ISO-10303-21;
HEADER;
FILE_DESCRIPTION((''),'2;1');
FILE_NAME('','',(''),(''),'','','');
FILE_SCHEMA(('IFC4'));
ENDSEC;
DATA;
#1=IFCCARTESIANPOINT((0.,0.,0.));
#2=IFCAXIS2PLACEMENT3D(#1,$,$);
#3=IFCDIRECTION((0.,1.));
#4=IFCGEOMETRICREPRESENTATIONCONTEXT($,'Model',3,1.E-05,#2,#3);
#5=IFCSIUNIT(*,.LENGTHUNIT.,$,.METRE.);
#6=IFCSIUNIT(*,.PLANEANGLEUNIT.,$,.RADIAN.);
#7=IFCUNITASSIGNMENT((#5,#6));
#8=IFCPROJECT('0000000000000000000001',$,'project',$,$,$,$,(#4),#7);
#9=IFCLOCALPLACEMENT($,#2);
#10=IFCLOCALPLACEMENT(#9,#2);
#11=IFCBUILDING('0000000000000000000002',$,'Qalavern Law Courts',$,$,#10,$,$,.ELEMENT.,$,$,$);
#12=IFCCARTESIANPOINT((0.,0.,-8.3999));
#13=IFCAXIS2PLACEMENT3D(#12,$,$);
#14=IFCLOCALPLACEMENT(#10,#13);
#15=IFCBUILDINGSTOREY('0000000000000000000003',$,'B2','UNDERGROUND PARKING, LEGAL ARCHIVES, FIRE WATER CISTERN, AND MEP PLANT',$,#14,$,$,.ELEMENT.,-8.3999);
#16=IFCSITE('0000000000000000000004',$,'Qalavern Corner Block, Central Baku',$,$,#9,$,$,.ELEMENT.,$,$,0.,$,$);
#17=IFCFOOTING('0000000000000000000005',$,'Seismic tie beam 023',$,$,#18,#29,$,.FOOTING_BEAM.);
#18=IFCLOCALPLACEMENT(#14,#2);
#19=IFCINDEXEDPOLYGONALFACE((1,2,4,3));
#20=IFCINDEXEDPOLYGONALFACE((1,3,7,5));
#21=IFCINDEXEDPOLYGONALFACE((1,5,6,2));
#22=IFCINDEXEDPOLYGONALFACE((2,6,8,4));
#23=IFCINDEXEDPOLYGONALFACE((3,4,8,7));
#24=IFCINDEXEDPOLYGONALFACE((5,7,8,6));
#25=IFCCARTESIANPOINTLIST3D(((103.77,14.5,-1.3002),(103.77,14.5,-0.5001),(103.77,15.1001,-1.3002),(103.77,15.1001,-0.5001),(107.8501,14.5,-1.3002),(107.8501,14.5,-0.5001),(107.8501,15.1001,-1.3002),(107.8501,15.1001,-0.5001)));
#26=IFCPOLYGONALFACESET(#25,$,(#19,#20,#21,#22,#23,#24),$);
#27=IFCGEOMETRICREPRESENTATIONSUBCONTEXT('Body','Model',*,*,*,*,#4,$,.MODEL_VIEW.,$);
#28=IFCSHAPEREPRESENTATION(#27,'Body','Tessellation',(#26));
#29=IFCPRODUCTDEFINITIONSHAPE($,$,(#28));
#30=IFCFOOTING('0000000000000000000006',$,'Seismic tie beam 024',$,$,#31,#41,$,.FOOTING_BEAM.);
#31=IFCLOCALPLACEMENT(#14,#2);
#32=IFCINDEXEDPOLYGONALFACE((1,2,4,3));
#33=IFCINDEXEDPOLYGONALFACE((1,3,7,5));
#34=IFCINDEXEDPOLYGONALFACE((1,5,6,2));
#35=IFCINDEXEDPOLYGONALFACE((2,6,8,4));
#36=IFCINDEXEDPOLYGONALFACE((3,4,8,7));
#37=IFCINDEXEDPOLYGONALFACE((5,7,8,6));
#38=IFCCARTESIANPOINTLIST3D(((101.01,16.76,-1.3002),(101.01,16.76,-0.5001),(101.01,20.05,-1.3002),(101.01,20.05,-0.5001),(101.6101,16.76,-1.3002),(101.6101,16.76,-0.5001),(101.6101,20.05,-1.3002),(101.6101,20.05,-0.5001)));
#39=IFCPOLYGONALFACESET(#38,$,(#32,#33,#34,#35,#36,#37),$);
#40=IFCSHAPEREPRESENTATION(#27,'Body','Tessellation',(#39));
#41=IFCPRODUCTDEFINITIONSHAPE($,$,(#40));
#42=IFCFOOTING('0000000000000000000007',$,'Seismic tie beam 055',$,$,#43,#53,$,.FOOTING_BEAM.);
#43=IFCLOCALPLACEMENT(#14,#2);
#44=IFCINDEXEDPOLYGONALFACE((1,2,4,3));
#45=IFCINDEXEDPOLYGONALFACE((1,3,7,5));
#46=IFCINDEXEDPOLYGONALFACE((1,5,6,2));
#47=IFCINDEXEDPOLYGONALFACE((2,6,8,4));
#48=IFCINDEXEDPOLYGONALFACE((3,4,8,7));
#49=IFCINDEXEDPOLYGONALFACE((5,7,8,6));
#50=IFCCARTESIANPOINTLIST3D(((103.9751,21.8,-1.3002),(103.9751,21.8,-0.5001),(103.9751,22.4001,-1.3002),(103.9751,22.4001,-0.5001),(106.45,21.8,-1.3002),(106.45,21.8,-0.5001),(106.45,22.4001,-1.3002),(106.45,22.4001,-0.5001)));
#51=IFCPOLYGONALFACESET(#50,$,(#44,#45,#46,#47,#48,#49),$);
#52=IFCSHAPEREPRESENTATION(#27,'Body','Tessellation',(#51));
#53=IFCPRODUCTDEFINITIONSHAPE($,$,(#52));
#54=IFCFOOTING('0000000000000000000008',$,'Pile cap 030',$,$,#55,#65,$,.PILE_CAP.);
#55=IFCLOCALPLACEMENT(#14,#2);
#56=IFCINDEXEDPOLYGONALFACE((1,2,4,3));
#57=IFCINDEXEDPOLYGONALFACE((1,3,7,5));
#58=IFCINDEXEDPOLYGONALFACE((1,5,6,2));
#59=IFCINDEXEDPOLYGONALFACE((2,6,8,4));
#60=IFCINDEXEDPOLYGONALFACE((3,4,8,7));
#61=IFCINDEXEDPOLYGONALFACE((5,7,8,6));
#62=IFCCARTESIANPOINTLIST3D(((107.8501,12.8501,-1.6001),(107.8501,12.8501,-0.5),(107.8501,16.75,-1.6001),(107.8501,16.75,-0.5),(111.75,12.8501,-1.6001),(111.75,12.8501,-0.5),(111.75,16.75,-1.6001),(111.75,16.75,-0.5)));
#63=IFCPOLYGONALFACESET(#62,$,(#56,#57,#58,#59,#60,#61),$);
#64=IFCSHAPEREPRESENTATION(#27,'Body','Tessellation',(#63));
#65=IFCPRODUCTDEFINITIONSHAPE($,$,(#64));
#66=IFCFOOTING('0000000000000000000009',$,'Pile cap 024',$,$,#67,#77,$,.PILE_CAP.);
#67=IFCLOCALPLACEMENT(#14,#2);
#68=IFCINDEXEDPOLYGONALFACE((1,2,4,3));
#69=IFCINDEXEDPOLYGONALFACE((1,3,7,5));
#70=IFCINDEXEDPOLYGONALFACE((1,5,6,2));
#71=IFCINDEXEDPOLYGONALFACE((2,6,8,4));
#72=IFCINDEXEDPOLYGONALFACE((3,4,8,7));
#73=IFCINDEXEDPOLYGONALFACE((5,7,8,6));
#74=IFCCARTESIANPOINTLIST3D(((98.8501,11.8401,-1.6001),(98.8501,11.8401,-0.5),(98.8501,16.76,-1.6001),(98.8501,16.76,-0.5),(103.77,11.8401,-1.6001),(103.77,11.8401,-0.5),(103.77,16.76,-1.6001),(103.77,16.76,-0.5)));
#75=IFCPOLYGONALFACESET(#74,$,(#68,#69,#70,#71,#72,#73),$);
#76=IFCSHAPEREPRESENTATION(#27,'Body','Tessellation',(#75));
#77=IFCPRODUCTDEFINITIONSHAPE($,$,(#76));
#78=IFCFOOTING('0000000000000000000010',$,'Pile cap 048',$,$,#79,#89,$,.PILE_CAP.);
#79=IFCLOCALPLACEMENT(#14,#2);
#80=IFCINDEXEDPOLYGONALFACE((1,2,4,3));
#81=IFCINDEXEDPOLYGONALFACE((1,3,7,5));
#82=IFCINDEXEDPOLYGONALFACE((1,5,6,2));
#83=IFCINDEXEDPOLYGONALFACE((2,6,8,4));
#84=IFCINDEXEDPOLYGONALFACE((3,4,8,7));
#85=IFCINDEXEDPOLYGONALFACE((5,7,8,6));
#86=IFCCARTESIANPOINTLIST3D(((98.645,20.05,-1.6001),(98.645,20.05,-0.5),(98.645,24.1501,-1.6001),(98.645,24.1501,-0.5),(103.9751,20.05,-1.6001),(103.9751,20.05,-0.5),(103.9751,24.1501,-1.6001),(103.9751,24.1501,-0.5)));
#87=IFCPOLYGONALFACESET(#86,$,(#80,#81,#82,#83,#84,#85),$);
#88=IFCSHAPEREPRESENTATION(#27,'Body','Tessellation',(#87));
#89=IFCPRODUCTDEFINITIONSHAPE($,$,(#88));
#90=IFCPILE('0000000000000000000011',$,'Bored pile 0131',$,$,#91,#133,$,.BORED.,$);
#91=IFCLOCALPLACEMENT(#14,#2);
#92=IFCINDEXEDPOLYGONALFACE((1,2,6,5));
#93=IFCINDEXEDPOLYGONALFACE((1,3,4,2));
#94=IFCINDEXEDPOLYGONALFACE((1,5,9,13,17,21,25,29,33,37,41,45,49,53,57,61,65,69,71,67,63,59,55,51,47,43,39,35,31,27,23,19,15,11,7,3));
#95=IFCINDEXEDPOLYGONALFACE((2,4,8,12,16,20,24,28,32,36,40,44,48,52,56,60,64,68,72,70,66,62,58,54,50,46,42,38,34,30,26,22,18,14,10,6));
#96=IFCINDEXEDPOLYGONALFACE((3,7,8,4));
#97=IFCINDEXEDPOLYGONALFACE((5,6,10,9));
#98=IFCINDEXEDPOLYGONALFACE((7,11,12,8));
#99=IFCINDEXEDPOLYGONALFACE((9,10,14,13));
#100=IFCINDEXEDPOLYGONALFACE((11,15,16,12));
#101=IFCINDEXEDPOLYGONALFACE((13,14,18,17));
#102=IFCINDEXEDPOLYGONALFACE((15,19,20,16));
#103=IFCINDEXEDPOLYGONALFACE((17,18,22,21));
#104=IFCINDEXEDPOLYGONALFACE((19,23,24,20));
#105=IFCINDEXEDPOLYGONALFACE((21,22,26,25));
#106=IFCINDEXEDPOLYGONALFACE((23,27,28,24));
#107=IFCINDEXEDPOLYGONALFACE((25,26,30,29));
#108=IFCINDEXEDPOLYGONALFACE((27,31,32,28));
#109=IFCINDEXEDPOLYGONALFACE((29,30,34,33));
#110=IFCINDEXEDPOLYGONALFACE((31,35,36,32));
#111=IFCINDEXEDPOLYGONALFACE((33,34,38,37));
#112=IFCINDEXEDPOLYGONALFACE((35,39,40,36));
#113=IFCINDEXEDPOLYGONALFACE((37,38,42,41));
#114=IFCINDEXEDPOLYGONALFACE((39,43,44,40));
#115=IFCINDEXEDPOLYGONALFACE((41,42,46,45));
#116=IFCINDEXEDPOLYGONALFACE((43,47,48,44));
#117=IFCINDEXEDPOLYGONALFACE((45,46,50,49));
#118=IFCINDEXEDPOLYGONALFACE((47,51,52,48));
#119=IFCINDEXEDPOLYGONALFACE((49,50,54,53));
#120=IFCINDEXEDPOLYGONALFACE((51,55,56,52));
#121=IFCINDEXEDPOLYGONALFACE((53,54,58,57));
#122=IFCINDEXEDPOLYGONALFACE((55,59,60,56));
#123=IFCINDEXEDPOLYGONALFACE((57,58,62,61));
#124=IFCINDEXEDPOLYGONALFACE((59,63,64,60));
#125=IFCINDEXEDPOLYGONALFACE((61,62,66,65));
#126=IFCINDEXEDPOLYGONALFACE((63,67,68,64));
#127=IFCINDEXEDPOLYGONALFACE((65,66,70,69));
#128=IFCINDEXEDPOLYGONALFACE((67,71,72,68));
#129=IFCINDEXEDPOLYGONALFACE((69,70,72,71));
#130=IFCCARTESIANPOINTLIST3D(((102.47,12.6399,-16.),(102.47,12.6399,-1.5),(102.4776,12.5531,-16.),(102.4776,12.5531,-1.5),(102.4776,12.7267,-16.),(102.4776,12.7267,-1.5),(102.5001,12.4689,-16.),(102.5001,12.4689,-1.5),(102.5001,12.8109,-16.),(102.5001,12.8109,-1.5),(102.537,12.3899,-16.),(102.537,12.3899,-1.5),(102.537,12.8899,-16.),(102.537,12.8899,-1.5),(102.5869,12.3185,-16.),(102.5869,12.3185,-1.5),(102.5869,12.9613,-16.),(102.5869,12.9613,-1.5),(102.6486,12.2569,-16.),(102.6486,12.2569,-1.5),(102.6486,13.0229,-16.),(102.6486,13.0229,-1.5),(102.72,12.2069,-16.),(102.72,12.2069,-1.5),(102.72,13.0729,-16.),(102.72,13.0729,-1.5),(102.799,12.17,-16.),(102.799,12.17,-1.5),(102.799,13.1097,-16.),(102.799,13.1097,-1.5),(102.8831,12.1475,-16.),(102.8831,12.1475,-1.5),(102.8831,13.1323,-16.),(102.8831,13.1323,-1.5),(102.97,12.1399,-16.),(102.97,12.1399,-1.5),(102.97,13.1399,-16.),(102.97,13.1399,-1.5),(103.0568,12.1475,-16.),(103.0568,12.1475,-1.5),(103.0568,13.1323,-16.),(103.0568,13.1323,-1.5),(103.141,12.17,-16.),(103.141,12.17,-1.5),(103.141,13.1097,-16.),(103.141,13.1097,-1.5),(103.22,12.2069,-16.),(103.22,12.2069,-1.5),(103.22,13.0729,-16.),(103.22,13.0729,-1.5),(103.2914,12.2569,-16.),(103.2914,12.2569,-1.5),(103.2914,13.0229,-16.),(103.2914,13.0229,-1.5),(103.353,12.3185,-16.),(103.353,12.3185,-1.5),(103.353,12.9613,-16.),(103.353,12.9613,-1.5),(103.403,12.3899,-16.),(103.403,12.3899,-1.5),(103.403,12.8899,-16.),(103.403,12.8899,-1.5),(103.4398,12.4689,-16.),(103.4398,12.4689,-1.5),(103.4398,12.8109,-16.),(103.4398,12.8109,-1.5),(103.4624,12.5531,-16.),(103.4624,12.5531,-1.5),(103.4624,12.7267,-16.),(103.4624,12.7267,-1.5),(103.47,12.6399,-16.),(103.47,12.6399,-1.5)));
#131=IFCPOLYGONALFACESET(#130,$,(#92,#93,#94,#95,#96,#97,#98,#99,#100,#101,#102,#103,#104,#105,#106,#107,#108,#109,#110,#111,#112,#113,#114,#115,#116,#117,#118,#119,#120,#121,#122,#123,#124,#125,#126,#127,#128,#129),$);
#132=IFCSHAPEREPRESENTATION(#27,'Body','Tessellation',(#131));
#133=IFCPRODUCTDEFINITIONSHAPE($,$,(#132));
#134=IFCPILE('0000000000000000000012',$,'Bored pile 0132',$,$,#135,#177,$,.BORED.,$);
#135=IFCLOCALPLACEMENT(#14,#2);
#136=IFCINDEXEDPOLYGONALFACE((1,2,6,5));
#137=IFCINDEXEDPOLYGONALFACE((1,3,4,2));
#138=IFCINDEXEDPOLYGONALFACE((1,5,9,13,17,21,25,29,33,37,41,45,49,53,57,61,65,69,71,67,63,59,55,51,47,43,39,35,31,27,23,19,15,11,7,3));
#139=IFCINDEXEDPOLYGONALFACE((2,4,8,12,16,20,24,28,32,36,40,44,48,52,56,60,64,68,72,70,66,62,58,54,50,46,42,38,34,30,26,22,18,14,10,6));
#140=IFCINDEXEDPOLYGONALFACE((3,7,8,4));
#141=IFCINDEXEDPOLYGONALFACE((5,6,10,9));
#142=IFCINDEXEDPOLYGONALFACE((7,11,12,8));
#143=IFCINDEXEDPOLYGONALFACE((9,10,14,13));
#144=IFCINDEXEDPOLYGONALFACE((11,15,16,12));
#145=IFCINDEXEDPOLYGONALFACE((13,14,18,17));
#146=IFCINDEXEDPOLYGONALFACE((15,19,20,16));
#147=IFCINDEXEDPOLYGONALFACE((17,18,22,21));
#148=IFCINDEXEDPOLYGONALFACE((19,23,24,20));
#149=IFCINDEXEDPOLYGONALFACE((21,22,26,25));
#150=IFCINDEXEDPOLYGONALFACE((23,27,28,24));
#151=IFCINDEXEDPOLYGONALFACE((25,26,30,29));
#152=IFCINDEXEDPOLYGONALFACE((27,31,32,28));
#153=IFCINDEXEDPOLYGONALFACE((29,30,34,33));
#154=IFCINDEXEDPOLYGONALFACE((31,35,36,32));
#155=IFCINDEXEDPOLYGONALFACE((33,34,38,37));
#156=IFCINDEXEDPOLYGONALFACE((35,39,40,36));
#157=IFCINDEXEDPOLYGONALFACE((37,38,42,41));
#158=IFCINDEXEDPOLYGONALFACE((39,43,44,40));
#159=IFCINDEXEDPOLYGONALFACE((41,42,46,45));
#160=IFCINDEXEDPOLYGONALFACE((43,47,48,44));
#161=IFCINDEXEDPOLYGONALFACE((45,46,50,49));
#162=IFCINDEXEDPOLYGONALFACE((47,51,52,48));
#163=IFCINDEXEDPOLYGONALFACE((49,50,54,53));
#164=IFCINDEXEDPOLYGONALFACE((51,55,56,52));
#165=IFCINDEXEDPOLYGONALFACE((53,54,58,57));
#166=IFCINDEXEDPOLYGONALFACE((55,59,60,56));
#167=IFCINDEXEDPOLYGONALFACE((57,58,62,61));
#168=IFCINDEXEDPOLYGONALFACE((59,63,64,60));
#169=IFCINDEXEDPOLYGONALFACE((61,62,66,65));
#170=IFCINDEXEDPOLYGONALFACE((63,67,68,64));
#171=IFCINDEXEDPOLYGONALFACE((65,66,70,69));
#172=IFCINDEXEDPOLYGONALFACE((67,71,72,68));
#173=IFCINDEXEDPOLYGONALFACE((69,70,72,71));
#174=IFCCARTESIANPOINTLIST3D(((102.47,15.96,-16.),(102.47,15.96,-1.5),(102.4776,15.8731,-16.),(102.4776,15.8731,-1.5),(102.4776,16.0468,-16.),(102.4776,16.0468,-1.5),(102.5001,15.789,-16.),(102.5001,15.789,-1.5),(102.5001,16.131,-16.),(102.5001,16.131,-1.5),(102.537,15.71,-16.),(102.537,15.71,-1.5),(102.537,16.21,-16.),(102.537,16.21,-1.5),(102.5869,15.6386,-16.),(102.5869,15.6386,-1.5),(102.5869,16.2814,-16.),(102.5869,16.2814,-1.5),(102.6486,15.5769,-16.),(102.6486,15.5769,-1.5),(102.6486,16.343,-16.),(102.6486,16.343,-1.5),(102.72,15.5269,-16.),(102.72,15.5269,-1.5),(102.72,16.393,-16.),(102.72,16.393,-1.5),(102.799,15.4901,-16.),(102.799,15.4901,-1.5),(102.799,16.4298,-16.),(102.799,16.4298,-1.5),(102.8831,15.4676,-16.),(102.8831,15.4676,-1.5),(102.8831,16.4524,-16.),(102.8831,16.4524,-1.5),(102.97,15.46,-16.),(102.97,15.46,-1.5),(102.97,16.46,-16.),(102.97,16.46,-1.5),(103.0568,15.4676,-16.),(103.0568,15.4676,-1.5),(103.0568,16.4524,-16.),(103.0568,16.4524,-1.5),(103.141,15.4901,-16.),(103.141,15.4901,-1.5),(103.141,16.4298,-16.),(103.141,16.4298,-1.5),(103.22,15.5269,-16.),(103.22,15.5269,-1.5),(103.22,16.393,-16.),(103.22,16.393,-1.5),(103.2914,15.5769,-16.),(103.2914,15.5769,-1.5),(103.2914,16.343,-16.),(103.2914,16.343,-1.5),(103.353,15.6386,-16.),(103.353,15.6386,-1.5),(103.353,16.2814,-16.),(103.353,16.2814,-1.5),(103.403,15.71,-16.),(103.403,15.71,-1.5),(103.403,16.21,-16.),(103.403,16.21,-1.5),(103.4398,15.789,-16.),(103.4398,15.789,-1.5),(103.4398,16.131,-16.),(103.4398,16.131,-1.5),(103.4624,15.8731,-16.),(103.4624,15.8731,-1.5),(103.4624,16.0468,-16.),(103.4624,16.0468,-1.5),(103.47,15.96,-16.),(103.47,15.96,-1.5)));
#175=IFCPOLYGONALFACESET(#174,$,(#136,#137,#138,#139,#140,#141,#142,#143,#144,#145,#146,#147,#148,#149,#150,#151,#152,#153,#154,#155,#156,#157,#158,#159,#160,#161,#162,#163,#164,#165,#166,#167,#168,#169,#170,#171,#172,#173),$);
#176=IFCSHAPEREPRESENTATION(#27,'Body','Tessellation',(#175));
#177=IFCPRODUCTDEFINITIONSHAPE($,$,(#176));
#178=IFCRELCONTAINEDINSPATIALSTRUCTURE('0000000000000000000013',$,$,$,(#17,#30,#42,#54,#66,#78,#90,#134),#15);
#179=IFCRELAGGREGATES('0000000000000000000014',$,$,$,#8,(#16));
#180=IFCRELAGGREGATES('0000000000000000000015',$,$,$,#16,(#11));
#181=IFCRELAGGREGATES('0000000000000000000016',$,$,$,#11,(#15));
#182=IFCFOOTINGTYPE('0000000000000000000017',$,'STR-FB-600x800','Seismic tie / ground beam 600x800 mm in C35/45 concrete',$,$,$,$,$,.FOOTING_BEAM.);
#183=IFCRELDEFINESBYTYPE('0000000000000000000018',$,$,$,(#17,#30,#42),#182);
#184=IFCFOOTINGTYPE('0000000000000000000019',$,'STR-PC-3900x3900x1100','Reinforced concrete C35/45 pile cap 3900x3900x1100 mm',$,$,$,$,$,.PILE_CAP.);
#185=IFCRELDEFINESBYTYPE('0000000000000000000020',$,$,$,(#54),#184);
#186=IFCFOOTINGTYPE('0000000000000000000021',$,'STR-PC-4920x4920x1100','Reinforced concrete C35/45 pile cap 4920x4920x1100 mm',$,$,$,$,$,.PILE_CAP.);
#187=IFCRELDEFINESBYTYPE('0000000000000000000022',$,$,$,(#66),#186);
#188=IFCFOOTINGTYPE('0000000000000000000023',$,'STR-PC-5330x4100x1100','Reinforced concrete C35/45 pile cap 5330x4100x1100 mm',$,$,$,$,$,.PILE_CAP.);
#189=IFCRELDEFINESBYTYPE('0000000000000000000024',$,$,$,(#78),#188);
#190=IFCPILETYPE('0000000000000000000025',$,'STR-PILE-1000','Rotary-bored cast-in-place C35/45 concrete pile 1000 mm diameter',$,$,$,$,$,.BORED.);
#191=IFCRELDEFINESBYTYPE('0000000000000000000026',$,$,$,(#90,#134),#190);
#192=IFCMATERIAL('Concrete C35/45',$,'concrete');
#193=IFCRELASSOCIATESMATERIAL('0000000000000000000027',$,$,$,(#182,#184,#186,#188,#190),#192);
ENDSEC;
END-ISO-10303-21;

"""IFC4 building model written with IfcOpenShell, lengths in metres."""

from ifc_helpers import new_model, si_unit, direction, frame, origin, origin_2d, place, context, subcontext, project, spatial, rectangle, circle, extrude, material, material_profile, profile_set, type_object, element, save


model = new_model("IFC4")

# Units and contexts
model_context = context("Model", 3, precision=1e-05, world=origin(), true_north=direction((0.0, 1.0)))
body_context = subcontext(model_context, "Body", "Model", "MODEL_VIEW")
ifc_project = project(units=[si_unit("LENGTHUNIT", "METRE"), si_unit("PLANEANGLEUNIT", "RADIAN")], contexts=[model_context])

# Site, building, storey
site_placement = place(None, origin())
site = spatial("IfcSite", under=ifc_project, at=site_placement, Name="Qalavern Corner Block, Central Baku", CompositionType="ELEMENT", RefElevation=0.0)
building_placement = place(site_placement, origin())
building = spatial("IfcBuilding", under=site, at=building_placement, Name="Qalavern Law Courts", CompositionType="ELEMENT")
storey_placement = place(building_placement, frame((0.0, 0.0, -8.3999)))
storey = spatial("IfcBuildingStorey", under=building, at=storey_placement, Name="B2", Description="UNDERGROUND PARKING, LEGAL ARCHIVES, FIRE WATER CISTERN, AND MEP PLANT", CompositionType="ELEMENT", Elevation=-8.3999)

# Footings
ifc_material_1 = material(Name="Concrete C35/45", Category="concrete")
ifc_material_profile_1 = material_profile(ifc_material_1, rectangle(XDim=0.6001, YDim=0.8, at=origin_2d()), Name="RC 600x800")
ifc_profile_set_1 = profile_set([ifc_material_profile_1], Name="Concrete C35/45")
footing_type_1 = type_object("IfcFootingType", Name="STR-FB-600x800", Description="Seismic tie / ground beam 600x800 mm in C35/45 concrete", PredefinedType="FOOTING_BEAM", material=ifc_profile_set_1)
footing_1_placement = place(storey_placement, frame((103.77, 14.8, -0.9001), z_axis=(1.0, 0.0, 0.0), x_axis=(0.0, 1.0, 0.0)))
element("IfcFooting", 1, at=footing_1_placement, inside=storey, type_object=footing_type_1, Name="Seismic tie beam 023", PredefinedType="FOOTING_BEAM", context=body_context, shape_type="SweptSolid", body=[
    extrude(rectangle(XDim=0.6001, YDim=0.8, at=origin_2d()), origin(), (0.0, 0.0, 1.0), 4.0801),
])
footing_2_placement = place(storey_placement, frame((101.3101, 16.76, -0.9001), z_axis=(0.0, 1.0, 0.0), x_axis=(-1.0, 0.0, 0.0)))
element("IfcFooting", 2, at=footing_2_placement, inside=storey, type_object=footing_type_1, Name="Seismic tie beam 024", PredefinedType="FOOTING_BEAM", context=body_context, shape_type="SweptSolid", body=[
    extrude(rectangle(XDim=0.6001, YDim=0.8, at=origin_2d()), origin(), (0.0, 0.0, 1.0), 3.29),
])
footing_3_placement = place(storey_placement, frame((103.9751, 22.1001, -0.9001), z_axis=(1.0, 0.0, 0.0), x_axis=(0.0, 1.0, 0.0)))
element("IfcFooting", 3, at=footing_3_placement, inside=storey, type_object=footing_type_1, Name="Seismic tie beam 055", PredefinedType="FOOTING_BEAM", context=body_context, shape_type="SweptSolid", body=[
    extrude(rectangle(XDim=0.6001, YDim=0.8, at=origin_2d()), origin(), (0.0, 0.0, 1.0), 2.4749),
])
footing_type_2 = type_object("IfcFootingType", Name="STR-PC-3900x3900x1100", Description="Reinforced concrete C35/45 pile cap 3900x3900x1100 mm", PredefinedType="PILE_CAP", material=ifc_material_1)
footing_4_placement = place(storey_placement, frame((109.8, 14.8, -1.6001), z_axis=(0.0, 0.0, 1.0), x_axis=(1.0, 0.0, 0.0)))
element("IfcFooting", 4, at=footing_4_placement, inside=storey, type_object=footing_type_2, Name="Pile cap 030", PredefinedType="PILE_CAP", context=body_context, shape_type="SweptSolid", body=[
    extrude(rectangle(XDim=3.8999, YDim=3.8999, at=origin_2d()), origin(), (0.0, 0.0, 1.0), 1.1001),
])
footing_type_3 = type_object("IfcFootingType", Name="STR-PC-4920x4920x1100", Description="Reinforced concrete C35/45 pile cap 4920x4920x1100 mm", PredefinedType="PILE_CAP", material=ifc_material_1)
footing_5_placement = place(storey_placement, frame((101.3101, 14.3, -1.6001), z_axis=(0.0, 0.0, 1.0), x_axis=(1.0, 0.0, 0.0)))
element("IfcFooting", 5, at=footing_5_placement, inside=storey, type_object=footing_type_3, Name="Pile cap 024", PredefinedType="PILE_CAP", context=body_context, shape_type="SweptSolid", body=[
    extrude(rectangle(XDim=4.9199, YDim=4.9199, at=origin_2d()), origin(), (0.0, 0.0, 1.0), 1.1001),
])
footing_type_4 = type_object("IfcFootingType", Name="STR-PC-5330x4100x1100", Description="Reinforced concrete C35/45 pile cap 5330x4100x1100 mm", PredefinedType="PILE_CAP", material=ifc_material_1)
footing_6_placement = place(storey_placement, frame((101.3101, 22.1001, -1.6001), z_axis=(0.0, 0.0, 1.0), x_axis=(1.0, 0.0, 0.0)))
element("IfcFooting", 6, at=footing_6_placement, inside=storey, type_object=footing_type_4, Name="Pile cap 048", PredefinedType="PILE_CAP", context=body_context, shape_type="SweptSolid", body=[
    extrude(rectangle(XDim=5.3301, YDim=4.1001, at=origin_2d()), origin(), (0.0, 0.0, 1.0), 1.1001),
])

# Piles
ifc_material_profile_2 = material_profile(ifc_material_1, circle(Radius=0.5, at=origin_2d()), Name="BORED PILE 1000")
ifc_profile_set_2 = profile_set([ifc_material_profile_2], Name="Concrete C35/45")
pile_type_1 = type_object("IfcPileType", Name="STR-PILE-1000", Description="Rotary-bored cast-in-place C35/45 concrete pile 1000 mm diameter", PredefinedType="BORED", material=ifc_profile_set_2)
for number, where, z_axis, x_axis, name in (
    (7, (102.97, 12.6399, -1.5), (0.0, 0.0, -1.0), (1.0, 0.0, 0.0), "Bored pile 0131"),
    (8, (102.97, 15.96, -1.5), (0.0, 0.0, -1.0), (1.0, 0.0, 0.0), "Bored pile 0132"),
):
    element("IfcPile", number, at=place(storey_placement, frame(where, z_axis=z_axis, x_axis=x_axis)), inside=storey, type_object=pile_type_1, Name=name, PredefinedType="BORED", context=body_context, shape_type="SweptSolid", body=[
        extrude(circle(Radius=0.5, at=origin_2d()), origin(), (0.0, 0.0, 1.0), 14.5),
    ])

save(model, "model.ifc")
